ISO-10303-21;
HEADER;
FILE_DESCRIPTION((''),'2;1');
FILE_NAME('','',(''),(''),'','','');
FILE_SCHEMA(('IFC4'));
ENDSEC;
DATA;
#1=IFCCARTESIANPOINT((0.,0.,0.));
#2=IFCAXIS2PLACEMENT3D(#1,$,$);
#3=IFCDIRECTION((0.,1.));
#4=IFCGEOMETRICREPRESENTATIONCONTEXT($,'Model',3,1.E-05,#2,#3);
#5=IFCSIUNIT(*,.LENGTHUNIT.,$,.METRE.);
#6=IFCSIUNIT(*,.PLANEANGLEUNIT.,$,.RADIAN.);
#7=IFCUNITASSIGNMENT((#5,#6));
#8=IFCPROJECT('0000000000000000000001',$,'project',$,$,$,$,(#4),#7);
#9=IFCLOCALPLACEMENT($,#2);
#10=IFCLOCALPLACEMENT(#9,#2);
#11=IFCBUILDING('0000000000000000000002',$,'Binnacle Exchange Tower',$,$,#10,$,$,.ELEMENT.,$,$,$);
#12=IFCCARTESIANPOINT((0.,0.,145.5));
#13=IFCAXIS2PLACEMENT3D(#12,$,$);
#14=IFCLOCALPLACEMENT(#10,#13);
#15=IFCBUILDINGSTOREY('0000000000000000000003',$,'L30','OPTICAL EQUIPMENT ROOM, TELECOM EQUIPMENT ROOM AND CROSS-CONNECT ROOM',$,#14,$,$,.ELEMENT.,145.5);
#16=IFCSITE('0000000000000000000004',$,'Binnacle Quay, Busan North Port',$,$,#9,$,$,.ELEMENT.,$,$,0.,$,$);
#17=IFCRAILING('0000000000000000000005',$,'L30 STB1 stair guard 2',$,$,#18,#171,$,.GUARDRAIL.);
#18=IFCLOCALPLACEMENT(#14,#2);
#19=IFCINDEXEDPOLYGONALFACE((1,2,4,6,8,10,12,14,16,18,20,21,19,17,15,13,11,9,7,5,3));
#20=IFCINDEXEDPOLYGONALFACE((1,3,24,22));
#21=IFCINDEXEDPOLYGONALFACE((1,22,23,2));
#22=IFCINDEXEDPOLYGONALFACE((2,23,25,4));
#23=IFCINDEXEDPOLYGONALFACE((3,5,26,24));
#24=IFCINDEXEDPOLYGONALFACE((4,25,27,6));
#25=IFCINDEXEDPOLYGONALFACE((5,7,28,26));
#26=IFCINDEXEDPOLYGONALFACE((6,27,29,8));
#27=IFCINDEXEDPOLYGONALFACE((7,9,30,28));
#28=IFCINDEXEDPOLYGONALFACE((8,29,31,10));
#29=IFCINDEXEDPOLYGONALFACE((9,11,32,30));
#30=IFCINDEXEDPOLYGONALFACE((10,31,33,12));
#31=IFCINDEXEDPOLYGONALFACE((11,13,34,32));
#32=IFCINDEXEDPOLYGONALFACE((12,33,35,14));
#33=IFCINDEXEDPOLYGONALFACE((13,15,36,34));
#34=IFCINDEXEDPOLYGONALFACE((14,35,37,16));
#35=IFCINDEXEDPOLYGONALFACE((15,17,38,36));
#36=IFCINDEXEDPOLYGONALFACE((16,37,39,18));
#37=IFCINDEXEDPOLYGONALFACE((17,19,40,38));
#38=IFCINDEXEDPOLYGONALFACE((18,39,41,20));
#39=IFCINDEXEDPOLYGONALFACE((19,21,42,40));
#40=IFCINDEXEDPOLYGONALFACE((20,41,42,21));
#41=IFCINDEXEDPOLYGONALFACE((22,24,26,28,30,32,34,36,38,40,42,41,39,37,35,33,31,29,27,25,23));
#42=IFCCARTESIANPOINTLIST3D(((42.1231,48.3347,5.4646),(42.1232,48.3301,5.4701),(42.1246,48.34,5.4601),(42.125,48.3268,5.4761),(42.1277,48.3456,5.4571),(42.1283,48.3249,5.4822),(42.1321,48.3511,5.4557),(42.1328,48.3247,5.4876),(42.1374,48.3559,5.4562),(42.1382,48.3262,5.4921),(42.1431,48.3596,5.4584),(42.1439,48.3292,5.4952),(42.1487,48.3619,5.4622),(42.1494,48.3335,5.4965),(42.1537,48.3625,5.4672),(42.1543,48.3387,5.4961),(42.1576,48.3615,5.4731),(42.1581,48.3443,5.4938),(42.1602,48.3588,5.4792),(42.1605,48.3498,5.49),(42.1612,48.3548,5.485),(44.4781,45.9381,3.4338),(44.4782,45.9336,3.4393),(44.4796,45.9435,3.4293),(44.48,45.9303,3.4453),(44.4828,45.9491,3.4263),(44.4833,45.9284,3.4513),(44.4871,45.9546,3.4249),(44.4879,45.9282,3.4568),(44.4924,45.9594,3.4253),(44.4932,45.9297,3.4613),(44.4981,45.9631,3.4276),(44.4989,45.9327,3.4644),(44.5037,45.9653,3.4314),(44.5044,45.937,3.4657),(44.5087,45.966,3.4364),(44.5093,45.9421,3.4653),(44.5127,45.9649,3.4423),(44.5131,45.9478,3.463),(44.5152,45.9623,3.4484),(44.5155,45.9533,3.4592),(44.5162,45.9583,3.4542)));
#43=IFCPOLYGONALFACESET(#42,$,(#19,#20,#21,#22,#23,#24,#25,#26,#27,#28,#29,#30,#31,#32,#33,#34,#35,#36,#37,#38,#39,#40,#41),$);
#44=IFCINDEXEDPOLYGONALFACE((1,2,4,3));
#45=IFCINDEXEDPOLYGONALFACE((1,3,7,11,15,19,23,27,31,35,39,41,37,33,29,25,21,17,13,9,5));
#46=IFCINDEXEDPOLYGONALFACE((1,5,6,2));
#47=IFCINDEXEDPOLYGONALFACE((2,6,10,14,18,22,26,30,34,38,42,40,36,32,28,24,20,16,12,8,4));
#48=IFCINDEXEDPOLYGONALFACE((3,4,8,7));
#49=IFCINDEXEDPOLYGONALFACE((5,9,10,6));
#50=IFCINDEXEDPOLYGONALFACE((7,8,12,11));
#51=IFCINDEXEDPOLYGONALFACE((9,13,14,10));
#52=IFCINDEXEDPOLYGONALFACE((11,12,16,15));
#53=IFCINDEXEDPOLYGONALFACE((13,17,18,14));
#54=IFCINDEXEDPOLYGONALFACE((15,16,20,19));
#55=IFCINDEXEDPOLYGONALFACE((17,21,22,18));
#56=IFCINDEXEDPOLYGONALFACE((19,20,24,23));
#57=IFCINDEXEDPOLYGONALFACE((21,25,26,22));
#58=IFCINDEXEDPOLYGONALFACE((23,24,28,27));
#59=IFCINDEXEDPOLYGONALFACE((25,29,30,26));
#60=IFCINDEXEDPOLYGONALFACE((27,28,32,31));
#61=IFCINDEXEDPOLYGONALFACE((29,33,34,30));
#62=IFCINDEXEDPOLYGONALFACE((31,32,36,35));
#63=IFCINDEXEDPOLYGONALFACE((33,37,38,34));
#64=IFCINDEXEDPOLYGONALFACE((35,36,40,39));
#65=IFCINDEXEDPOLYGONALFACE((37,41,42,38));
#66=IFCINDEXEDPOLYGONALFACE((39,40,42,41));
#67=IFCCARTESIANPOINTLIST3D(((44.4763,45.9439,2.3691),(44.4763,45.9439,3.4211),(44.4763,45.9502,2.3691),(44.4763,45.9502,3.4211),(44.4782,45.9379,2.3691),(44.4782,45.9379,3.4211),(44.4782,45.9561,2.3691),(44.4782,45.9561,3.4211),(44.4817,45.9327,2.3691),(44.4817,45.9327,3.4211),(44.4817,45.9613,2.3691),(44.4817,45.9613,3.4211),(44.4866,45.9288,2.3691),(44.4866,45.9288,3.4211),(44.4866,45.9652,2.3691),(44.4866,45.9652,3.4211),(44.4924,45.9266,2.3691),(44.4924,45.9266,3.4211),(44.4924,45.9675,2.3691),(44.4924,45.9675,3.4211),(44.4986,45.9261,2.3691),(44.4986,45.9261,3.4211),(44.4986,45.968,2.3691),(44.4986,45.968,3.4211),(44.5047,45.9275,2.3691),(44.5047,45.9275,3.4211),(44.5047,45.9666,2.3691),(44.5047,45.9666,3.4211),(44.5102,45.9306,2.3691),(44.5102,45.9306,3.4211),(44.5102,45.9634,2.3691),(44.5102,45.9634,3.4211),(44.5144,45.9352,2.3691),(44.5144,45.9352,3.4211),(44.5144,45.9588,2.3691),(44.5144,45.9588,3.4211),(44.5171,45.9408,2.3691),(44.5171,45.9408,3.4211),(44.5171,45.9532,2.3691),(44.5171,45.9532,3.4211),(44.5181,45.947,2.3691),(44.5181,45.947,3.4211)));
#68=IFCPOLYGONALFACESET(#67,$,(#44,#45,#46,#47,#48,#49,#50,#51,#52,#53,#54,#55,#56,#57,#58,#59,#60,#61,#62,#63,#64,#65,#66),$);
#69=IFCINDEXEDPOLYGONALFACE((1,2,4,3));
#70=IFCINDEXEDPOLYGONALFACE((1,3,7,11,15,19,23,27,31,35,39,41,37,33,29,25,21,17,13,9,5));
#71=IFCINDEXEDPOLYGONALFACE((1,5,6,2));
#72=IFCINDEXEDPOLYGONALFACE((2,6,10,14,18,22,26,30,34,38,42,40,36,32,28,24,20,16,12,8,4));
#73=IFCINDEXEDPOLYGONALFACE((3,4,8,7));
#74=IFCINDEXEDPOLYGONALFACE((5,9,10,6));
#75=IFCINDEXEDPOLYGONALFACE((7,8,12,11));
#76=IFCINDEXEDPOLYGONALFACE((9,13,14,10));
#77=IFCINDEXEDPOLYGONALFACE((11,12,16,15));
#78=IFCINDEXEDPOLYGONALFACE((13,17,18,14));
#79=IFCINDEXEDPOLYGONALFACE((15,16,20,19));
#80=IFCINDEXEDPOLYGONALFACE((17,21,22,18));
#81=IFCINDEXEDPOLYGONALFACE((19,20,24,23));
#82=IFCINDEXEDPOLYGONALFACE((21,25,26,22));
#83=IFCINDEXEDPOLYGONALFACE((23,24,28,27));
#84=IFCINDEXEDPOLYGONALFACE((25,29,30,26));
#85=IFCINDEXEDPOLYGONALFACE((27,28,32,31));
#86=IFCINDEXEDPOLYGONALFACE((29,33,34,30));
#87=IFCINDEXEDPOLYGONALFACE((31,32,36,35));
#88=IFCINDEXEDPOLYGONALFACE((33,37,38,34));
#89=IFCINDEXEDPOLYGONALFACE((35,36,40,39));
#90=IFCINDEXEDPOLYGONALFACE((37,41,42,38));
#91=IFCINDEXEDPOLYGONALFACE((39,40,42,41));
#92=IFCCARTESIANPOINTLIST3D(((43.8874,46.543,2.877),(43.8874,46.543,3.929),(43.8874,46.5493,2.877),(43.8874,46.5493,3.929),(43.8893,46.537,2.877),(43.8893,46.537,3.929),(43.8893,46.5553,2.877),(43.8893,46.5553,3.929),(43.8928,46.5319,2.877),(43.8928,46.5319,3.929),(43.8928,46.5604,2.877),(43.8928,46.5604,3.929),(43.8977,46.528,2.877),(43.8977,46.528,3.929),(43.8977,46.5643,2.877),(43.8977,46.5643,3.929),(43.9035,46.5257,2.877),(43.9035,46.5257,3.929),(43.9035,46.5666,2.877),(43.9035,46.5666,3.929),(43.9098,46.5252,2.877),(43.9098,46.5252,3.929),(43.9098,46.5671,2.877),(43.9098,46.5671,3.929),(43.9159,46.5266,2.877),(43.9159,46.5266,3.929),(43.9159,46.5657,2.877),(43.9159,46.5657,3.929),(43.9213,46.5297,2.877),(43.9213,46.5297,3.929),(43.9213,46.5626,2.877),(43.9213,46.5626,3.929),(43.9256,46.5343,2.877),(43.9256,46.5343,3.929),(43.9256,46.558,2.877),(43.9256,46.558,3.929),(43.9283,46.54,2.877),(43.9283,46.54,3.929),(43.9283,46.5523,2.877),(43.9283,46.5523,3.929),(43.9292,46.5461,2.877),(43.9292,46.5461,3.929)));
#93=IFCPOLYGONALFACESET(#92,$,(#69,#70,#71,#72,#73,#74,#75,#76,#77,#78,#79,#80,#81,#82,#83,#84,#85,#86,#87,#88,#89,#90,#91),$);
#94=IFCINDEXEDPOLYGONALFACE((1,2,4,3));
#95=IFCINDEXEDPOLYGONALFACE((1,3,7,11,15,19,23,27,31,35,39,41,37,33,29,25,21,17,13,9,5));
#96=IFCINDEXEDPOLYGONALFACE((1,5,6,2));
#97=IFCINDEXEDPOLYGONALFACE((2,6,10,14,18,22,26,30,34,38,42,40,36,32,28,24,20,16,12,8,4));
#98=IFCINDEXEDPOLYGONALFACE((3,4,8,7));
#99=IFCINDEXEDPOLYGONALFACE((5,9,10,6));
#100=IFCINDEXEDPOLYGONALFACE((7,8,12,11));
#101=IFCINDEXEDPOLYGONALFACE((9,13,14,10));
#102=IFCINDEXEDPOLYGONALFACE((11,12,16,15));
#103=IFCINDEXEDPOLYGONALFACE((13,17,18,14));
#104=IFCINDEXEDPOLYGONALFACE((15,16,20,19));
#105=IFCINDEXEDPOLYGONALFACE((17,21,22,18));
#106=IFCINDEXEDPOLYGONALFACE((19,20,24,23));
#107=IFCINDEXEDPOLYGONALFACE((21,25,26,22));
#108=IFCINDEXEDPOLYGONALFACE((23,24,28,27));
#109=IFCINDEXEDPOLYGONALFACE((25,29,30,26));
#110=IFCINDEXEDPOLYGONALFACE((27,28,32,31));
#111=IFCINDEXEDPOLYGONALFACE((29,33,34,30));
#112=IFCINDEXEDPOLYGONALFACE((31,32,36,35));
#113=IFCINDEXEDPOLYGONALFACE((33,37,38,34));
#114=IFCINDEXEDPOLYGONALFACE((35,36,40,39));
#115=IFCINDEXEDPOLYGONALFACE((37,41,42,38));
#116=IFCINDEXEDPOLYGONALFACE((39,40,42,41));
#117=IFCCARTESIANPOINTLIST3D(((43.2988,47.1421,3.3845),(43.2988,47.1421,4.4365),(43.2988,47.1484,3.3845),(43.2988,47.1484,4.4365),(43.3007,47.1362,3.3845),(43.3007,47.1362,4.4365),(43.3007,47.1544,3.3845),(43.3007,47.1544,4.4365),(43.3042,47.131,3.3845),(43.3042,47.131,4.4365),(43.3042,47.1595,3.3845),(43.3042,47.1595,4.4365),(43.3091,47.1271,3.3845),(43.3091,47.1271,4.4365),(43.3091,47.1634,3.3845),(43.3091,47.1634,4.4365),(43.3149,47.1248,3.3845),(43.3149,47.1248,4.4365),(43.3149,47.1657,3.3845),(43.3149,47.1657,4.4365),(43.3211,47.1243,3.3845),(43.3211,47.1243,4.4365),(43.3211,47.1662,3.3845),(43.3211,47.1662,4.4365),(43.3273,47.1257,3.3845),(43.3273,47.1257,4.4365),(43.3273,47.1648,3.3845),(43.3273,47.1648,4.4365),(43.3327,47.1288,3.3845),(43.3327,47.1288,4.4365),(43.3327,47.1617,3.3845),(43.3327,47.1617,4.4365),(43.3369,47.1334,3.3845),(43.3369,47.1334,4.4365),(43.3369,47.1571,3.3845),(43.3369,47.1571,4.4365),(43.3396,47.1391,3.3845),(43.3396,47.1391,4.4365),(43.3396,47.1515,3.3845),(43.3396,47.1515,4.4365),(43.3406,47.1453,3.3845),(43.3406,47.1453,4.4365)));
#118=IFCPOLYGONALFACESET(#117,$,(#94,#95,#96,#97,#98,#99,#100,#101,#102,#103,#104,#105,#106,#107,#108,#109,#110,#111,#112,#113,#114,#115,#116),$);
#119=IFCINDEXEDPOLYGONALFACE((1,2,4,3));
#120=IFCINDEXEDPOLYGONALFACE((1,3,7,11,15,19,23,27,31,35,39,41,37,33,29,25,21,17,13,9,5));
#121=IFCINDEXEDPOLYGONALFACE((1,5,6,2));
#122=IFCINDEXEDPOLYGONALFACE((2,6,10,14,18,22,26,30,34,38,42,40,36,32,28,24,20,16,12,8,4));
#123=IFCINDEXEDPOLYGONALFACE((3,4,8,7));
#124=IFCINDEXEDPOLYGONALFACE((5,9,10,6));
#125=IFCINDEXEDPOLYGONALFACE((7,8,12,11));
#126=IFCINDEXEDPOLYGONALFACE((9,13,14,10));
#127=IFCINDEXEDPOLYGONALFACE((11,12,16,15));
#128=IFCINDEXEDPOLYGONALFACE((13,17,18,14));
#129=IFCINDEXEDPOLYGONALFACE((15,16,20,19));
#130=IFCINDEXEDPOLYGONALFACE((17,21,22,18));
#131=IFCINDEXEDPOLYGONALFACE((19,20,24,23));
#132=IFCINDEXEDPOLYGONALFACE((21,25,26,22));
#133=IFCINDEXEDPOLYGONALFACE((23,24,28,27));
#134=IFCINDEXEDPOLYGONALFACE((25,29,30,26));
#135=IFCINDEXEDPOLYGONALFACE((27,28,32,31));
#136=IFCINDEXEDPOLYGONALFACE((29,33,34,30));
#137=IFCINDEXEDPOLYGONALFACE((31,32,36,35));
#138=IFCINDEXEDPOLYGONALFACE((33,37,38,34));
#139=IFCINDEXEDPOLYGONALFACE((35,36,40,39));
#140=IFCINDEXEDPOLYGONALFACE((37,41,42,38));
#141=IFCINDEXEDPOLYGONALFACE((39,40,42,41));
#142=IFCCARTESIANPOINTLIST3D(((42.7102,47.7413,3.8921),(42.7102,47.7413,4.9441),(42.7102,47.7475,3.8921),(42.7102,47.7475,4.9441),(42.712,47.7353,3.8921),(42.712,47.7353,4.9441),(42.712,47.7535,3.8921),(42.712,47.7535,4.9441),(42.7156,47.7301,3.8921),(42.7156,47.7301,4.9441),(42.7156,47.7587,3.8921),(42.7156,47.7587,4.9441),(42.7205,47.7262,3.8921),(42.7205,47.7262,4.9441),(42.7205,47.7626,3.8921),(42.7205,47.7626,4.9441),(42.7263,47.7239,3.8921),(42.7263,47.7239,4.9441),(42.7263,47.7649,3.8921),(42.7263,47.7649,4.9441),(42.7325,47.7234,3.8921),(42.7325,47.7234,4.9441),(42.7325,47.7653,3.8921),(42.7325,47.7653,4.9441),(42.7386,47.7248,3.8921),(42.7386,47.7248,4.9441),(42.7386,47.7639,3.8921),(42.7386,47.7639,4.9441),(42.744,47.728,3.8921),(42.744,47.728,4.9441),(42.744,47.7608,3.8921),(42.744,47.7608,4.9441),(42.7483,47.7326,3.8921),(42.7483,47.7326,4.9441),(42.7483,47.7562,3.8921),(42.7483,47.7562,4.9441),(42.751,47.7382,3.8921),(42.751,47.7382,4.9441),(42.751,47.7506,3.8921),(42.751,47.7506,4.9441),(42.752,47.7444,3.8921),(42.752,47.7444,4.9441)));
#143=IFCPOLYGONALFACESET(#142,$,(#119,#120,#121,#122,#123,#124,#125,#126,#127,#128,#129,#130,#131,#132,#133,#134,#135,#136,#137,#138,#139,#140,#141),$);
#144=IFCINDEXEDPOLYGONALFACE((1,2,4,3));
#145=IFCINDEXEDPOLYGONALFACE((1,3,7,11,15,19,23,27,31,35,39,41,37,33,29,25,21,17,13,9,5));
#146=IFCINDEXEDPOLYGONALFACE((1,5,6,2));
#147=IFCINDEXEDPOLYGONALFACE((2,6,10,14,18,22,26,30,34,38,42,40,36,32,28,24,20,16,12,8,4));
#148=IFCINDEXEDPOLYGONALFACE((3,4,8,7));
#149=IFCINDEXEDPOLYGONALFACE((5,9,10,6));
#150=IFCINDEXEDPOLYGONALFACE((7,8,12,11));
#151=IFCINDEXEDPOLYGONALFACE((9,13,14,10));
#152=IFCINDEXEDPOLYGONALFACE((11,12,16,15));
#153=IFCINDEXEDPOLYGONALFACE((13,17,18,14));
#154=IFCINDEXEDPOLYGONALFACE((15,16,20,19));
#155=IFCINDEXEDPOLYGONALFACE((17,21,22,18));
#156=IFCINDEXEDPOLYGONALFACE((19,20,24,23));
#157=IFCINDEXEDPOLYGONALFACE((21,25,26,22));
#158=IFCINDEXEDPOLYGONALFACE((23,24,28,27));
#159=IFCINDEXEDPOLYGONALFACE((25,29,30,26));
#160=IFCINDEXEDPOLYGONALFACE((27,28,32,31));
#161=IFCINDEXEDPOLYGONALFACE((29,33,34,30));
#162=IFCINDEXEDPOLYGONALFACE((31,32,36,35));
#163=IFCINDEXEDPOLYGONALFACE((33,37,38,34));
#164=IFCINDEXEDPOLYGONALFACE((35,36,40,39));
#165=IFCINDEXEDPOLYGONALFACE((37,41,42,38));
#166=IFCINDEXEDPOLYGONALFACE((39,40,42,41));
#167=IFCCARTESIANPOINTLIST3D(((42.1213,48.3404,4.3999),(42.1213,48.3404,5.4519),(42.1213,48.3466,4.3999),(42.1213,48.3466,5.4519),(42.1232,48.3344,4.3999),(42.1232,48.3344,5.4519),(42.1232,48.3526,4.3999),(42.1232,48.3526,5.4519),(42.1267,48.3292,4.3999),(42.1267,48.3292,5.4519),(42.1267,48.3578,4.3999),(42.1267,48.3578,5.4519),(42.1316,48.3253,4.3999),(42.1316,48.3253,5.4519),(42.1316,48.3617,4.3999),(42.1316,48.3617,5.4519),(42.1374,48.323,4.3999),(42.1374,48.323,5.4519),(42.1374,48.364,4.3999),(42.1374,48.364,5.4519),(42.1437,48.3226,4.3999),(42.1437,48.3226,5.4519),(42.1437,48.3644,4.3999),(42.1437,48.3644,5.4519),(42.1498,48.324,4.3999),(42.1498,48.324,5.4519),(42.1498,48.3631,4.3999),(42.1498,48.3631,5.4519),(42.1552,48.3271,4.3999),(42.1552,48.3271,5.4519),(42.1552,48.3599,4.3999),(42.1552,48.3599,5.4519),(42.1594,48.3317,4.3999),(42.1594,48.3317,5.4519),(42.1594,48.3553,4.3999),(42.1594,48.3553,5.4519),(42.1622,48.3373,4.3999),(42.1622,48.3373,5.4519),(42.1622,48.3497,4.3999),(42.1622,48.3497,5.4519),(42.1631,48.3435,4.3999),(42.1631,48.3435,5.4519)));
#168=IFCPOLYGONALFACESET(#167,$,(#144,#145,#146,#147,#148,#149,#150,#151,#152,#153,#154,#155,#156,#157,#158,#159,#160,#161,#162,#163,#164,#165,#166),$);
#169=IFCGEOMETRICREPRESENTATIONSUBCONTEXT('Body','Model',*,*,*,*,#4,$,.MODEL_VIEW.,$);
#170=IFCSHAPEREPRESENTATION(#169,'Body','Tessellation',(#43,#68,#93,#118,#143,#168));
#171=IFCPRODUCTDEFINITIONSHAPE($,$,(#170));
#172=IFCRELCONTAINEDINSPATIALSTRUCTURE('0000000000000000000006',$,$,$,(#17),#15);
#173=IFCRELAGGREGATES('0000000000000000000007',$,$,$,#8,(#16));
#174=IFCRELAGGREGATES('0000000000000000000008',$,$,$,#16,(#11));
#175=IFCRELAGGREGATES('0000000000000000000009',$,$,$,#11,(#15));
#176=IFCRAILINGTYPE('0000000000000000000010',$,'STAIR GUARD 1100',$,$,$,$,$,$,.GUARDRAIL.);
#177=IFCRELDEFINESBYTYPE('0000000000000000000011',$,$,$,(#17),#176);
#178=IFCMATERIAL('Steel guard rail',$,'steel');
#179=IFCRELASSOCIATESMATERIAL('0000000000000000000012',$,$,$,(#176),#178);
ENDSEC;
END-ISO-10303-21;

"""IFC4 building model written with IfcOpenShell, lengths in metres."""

from ifc_helpers import new_model, si_unit, direction, frame, origin, origin_2d, place, context, subcontext, project, spatial, circle, extrude, material, type_object, element, save


model = new_model("IFC4")

# Units and contexts
model_context = context("Model", 3, precision=1e-05, world=origin(), true_north=direction((0.0, 1.0)))
body_context = subcontext(model_context, "Body", "Model", "MODEL_VIEW")
ifc_project = project(units=[si_unit("LENGTHUNIT", "METRE"), si_unit("PLANEANGLEUNIT", "RADIAN")], contexts=[model_context])

# Site, building, storey
site_placement = place(None, origin())
site = spatial("IfcSite", under=ifc_project, at=site_placement, Name="Binnacle Quay, Busan North Port", CompositionType="ELEMENT", RefElevation=0.0)
building_placement = place(site_placement, origin())
building = spatial("IfcBuilding", under=site, at=building_placement, Name="Binnacle Exchange Tower", CompositionType="ELEMENT")
storey_placement = place(building_placement, frame((0.0, 0.0, 145.5)))
storey = spatial("IfcBuildingStorey", under=building, at=storey_placement, Name="L30", Description="OPTICAL EQUIPMENT ROOM, TELECOM EQUIPMENT ROOM AND CROSS-CONNECT ROOM", CompositionType="ELEMENT", Elevation=145.5)

# Railing
ifc_material_1 = material(Name="Steel guard rail", Category="steel")
railing_type_1 = type_object("IfcRailingType", Name="STAIR GUARD 1100", PredefinedType="GUARDRAIL", material=ifc_material_1)
railing_1_placement = place(storey_placement, frame((44.4971, 45.947, 2.3691)))
element("IfcRailing", 1, at=railing_1_placement, inside=storey, type_object=railing_type_1, Name="L30 STB1 stair guard 2", PredefinedType="GUARDRAIL", context=body_context, shape_type="SweptSolid", body=[
    extrude(circle(Radius=0.0239, at=origin_2d()), frame((0.0, 0.0, 1.0762), z_axis=(-0.59985, 0.610422, 0.517267), x_axis=(-0.713256, -0.700903, 0.0)), (0.0, 0.0, 1.0), 3.926),
    extrude(circle(Radius=0.021, at=origin_2d()), origin(), (0.0, 0.0, 1.0), 1.052),
    extrude(circle(Radius=0.021, at=origin_2d()), frame((-0.5889, 0.5991, 0.5078)), (0.0, 0.0, 1.0), 1.052),
    extrude(circle(Radius=0.021, at=origin_2d()), frame((-1.1775, 1.1982, 1.0154)), (0.0, 0.0, 1.0), 1.052),
    extrude(circle(Radius=0.021, at=origin_2d()), frame((-1.7661, 1.7974, 1.5229)), (0.0, 0.0, 1.0), 1.052),
    extrude(circle(Radius=0.021, at=origin_2d()), frame((-2.355, 2.3965, 2.0308)), (0.0, 0.0, 1.0), 1.052),
])

save(model, "model.ifc")
